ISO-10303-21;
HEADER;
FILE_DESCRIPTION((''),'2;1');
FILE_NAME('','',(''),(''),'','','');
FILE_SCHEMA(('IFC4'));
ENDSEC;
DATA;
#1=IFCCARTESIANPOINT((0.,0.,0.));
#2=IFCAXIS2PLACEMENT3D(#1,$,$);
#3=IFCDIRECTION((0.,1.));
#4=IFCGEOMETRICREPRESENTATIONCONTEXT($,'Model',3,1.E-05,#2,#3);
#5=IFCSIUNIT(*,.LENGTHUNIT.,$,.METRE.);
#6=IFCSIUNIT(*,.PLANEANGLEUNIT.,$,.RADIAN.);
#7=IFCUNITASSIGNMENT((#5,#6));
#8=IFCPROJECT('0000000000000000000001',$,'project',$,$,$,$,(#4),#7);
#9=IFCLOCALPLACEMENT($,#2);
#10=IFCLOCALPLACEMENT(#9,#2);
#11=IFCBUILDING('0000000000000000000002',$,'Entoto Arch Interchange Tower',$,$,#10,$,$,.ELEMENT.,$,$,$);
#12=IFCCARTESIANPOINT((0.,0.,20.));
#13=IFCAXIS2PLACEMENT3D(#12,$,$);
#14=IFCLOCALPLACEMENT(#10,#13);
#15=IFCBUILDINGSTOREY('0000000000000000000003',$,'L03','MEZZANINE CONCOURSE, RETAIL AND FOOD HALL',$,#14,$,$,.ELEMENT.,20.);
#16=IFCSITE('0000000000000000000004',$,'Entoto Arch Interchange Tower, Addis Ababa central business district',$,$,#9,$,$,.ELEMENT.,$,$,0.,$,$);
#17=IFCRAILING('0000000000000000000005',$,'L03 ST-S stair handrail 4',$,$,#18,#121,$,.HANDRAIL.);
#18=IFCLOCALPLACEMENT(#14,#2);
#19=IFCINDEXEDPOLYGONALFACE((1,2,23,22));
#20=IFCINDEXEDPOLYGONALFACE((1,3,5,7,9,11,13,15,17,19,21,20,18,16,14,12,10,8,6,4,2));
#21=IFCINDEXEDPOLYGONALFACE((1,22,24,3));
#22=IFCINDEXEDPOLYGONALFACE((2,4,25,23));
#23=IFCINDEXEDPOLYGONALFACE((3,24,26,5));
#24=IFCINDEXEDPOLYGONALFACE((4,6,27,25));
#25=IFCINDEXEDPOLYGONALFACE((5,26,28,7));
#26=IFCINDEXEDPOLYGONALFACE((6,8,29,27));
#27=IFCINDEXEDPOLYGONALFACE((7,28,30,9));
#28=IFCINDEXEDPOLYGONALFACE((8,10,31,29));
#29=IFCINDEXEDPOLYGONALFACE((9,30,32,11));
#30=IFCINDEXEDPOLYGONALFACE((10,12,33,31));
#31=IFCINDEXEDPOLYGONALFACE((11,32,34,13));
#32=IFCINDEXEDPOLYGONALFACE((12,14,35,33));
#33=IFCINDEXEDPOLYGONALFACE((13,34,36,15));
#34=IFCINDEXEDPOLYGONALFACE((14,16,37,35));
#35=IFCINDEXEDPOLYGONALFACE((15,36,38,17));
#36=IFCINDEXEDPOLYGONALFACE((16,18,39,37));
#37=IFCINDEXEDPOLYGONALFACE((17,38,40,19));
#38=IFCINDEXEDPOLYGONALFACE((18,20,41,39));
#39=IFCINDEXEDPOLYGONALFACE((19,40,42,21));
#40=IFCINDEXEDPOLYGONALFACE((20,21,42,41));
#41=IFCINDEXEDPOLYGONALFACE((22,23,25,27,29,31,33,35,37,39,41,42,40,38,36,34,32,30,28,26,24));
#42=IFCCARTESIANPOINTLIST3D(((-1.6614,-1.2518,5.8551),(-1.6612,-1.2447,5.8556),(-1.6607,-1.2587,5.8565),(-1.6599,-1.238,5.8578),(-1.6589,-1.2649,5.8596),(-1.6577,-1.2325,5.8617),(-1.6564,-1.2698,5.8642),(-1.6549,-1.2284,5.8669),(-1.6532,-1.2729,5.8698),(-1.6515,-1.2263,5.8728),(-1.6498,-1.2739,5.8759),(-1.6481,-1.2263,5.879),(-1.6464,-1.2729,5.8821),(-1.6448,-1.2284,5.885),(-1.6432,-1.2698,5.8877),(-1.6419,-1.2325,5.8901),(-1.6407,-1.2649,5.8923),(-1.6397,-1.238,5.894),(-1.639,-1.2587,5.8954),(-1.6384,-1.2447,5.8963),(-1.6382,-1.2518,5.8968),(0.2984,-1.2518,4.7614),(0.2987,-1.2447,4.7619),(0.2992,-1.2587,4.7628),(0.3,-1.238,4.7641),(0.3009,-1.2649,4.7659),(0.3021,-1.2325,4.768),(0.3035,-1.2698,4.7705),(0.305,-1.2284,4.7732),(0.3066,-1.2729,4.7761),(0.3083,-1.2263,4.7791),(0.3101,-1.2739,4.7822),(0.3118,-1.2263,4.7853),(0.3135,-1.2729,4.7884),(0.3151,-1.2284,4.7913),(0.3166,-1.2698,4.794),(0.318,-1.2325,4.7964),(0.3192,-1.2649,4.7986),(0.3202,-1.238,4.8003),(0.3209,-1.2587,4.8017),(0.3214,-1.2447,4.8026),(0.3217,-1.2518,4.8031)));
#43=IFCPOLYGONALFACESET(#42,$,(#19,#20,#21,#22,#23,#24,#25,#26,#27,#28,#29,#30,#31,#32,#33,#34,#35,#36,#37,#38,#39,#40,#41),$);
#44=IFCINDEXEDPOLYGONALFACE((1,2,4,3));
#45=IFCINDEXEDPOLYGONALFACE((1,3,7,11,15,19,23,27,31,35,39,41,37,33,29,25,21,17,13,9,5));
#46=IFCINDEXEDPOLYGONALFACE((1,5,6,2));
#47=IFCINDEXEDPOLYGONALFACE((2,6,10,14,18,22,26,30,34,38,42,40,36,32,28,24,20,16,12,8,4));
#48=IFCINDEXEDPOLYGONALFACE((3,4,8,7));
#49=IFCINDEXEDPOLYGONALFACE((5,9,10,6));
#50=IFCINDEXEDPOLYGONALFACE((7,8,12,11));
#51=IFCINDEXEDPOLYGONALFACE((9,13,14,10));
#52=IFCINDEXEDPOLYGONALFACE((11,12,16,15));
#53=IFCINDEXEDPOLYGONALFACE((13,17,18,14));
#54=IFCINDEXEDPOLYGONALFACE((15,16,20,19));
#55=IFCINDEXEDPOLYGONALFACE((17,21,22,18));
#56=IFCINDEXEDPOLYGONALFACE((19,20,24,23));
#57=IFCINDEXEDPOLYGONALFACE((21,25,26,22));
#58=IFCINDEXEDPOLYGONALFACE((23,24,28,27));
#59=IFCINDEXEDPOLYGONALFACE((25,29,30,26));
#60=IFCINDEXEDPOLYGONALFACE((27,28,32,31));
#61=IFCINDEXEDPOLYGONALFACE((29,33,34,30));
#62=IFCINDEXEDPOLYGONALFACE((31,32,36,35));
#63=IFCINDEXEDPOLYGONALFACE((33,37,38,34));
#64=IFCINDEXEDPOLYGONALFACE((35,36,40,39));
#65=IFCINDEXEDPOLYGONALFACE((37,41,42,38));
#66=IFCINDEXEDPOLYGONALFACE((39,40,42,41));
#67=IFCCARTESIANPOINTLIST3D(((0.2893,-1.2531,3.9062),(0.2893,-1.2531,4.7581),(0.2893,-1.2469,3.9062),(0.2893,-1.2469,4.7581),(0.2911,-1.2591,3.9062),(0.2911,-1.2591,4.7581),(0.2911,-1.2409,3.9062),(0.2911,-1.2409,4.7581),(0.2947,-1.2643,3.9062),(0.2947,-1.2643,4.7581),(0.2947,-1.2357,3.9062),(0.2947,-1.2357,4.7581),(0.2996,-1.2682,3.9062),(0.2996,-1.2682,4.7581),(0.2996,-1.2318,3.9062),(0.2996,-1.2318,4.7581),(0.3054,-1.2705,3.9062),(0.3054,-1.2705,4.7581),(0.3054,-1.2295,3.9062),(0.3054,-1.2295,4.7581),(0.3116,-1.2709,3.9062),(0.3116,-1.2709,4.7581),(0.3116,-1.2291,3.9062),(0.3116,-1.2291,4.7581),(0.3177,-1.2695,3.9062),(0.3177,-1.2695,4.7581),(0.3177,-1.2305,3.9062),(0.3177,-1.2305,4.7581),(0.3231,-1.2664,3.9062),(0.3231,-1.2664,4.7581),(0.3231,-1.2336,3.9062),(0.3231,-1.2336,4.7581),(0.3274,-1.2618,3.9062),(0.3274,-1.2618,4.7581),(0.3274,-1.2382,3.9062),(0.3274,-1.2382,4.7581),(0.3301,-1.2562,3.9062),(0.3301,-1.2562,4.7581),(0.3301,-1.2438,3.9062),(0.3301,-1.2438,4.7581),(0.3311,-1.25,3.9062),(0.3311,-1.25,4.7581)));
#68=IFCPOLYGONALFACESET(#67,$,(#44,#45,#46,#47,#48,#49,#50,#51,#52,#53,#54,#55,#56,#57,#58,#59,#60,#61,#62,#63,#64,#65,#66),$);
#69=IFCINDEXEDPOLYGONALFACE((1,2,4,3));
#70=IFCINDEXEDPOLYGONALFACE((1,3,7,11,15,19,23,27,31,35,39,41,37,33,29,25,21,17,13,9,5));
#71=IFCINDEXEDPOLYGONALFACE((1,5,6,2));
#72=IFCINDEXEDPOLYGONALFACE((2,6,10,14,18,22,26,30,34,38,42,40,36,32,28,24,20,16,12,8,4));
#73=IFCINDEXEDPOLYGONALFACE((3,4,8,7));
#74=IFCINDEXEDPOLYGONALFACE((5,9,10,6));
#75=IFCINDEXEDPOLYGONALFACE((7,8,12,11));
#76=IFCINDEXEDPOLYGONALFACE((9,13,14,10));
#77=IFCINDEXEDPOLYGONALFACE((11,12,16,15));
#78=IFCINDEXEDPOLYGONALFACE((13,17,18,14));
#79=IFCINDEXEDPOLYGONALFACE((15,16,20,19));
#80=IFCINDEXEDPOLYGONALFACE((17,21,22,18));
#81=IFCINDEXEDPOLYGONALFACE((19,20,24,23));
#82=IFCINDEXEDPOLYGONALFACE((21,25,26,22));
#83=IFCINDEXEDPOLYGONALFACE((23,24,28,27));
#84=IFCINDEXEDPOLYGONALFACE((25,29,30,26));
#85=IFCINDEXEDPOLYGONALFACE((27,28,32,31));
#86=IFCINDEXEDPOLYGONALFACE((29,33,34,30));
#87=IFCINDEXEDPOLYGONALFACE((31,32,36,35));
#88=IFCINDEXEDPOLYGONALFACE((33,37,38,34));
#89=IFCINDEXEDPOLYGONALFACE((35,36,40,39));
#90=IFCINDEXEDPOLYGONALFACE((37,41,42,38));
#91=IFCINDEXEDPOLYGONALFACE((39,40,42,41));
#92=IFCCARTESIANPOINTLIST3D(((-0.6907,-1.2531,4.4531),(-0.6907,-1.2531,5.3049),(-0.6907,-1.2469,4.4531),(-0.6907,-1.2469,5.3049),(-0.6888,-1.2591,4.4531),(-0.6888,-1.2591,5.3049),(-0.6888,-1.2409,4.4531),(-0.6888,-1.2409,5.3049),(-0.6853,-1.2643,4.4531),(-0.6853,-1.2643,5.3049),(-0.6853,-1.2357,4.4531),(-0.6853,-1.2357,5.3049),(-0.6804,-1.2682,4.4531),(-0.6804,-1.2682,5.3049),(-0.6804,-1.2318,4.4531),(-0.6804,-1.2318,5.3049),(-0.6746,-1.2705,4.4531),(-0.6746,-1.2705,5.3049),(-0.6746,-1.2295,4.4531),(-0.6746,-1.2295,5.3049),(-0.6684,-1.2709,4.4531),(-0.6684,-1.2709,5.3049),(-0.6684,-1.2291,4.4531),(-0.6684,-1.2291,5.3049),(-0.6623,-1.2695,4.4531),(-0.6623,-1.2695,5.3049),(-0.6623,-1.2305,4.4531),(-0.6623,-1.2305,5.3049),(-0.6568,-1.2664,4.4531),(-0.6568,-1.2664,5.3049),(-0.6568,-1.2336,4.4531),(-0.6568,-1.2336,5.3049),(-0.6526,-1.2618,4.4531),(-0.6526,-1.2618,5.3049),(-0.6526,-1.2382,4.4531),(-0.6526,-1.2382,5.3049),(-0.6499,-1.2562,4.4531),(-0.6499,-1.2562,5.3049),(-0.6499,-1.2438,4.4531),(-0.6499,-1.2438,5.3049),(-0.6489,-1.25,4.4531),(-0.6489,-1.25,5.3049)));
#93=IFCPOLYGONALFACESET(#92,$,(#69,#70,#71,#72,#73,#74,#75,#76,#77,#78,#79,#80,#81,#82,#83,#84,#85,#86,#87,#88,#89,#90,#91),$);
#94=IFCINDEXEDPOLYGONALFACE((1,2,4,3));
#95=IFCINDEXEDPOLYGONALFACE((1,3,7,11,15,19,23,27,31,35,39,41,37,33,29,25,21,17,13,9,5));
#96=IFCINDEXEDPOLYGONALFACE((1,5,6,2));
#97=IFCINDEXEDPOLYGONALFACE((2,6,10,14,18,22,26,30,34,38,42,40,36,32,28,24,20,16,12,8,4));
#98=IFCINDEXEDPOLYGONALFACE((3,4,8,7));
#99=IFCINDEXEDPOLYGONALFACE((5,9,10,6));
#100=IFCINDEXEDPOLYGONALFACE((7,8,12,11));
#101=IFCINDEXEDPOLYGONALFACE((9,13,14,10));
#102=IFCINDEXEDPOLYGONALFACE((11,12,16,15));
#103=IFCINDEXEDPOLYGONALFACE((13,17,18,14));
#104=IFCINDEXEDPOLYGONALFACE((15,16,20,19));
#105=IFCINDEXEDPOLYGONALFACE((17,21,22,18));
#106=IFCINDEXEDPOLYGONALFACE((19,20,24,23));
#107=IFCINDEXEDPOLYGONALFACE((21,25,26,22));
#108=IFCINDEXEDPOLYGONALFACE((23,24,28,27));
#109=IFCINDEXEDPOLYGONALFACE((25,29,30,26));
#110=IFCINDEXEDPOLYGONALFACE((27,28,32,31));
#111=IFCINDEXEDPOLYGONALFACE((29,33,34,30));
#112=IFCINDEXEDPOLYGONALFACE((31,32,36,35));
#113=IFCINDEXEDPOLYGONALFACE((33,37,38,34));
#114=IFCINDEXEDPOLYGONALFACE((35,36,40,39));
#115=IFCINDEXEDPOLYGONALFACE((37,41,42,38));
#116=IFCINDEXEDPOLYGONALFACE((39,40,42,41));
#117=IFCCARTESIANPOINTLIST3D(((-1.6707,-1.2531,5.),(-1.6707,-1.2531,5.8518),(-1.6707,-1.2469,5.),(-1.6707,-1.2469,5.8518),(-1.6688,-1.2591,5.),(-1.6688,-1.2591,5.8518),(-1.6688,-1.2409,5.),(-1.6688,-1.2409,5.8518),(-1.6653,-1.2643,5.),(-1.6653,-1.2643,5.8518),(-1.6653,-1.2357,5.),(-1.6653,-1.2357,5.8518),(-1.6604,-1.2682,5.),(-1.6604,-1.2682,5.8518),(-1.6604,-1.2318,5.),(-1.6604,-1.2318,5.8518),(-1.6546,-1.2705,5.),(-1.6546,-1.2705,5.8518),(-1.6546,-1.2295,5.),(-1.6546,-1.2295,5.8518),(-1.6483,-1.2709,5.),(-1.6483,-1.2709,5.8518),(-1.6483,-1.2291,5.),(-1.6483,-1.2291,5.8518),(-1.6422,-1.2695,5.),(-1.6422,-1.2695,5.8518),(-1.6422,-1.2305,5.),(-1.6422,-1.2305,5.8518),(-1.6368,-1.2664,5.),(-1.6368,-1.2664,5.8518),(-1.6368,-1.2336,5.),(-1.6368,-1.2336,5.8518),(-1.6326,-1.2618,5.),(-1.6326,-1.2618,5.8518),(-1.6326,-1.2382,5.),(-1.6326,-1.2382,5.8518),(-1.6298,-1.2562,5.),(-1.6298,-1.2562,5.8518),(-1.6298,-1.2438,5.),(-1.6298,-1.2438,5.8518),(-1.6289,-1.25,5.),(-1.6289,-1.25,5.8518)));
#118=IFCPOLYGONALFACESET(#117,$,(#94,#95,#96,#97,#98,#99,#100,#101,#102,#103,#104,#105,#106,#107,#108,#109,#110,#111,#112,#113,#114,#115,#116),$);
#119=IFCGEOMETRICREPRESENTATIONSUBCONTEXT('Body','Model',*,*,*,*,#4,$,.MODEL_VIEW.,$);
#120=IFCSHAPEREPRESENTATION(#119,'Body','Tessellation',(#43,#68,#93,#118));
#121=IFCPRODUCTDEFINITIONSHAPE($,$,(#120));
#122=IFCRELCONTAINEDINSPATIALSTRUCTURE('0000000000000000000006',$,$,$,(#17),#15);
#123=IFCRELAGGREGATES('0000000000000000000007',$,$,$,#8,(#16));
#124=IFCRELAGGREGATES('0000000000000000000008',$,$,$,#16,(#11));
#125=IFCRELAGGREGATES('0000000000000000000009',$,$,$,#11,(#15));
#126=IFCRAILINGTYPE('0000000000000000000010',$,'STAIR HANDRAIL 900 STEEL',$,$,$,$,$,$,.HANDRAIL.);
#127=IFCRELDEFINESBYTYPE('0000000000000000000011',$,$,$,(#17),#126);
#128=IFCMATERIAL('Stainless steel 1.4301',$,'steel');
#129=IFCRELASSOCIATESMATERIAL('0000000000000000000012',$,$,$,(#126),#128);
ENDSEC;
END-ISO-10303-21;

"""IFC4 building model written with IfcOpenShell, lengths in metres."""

from ifc_helpers import new_model, si_unit, direction, frame, origin, origin_2d, place, context, subcontext, project, spatial, circle, extrude, material, type_object, element, save


model = new_model("IFC4")

# Units and contexts
model_context = context("Model", 3, precision=1e-05, world=origin(), true_north=direction((0.0, 1.0)))
body_context = subcontext(model_context, "Body", "Model", "MODEL_VIEW")
ifc_project = project(units=[si_unit("LENGTHUNIT", "METRE"), si_unit("PLANEANGLEUNIT", "RADIAN")], contexts=[model_context])

# Site, building, storey
site_placement = place(None, origin())
site = spatial("IfcSite", under=ifc_project, at=site_placement, Name="Entoto Arch Interchange Tower, Addis Ababa central business district", CompositionType="ELEMENT", RefElevation=0.0)
building_placement = place(site_placement, origin())
building = spatial("IfcBuilding", under=site, at=building_placement, Name="Entoto Arch Interchange Tower", CompositionType="ELEMENT")
storey_placement = place(building_placement, frame((0.0, 0.0, 20.0)))
storey = spatial("IfcBuildingStorey", under=building, at=storey_placement, Name="L03", Description="MEZZANINE CONCOURSE, RETAIL AND FOOD HALL", CompositionType="ELEMENT", Elevation=20.0)

# Railing
ifc_material_1 = material(Name="Stainless steel 1.4301", Category="steel")
railing_type = type_object("IfcRailingType", Name="STAIR HANDRAIL 900 STEEL", PredefinedType="HANDRAIL", material=ifc_material_1)
for number, where, name in (
    (1, (0.3101, -1.25, 3.9062), "L03 ST-S stair handrail 4"),
):
    element("IfcRailing", number, at=place(storey_placement, frame(where)), inside=storey, type_object=railing_type, Name=name, PredefinedType="HANDRAIL", context=body_context, shape_type="SweptSolid", body=[
        extrude(circle(Radius=0.0239, at=origin_2d()), frame((0.0, 0.0, 0.876), z_axis=(-0.873232, 0.0, 0.487304), x_axis=(0.0, -1.0, 0.0)), (0.0, 0.0, 1.0), 2.2444),
        extrude(circle(Radius=0.021, at=origin_2d()), origin(), (0.0, 0.0, 1.0), 0.8518),
        extrude(circle(Radius=0.021, at=origin_2d()), frame((-0.98, 0.0, 0.5469)), (0.0, 0.0, 1.0), 0.8518),
        extrude(circle(Radius=0.021, at=origin_2d()), frame((-1.96, 0.0, 1.0938)), (0.0, 0.0, 1.0), 0.8518),
    ])

save(model, "model.ifc")
